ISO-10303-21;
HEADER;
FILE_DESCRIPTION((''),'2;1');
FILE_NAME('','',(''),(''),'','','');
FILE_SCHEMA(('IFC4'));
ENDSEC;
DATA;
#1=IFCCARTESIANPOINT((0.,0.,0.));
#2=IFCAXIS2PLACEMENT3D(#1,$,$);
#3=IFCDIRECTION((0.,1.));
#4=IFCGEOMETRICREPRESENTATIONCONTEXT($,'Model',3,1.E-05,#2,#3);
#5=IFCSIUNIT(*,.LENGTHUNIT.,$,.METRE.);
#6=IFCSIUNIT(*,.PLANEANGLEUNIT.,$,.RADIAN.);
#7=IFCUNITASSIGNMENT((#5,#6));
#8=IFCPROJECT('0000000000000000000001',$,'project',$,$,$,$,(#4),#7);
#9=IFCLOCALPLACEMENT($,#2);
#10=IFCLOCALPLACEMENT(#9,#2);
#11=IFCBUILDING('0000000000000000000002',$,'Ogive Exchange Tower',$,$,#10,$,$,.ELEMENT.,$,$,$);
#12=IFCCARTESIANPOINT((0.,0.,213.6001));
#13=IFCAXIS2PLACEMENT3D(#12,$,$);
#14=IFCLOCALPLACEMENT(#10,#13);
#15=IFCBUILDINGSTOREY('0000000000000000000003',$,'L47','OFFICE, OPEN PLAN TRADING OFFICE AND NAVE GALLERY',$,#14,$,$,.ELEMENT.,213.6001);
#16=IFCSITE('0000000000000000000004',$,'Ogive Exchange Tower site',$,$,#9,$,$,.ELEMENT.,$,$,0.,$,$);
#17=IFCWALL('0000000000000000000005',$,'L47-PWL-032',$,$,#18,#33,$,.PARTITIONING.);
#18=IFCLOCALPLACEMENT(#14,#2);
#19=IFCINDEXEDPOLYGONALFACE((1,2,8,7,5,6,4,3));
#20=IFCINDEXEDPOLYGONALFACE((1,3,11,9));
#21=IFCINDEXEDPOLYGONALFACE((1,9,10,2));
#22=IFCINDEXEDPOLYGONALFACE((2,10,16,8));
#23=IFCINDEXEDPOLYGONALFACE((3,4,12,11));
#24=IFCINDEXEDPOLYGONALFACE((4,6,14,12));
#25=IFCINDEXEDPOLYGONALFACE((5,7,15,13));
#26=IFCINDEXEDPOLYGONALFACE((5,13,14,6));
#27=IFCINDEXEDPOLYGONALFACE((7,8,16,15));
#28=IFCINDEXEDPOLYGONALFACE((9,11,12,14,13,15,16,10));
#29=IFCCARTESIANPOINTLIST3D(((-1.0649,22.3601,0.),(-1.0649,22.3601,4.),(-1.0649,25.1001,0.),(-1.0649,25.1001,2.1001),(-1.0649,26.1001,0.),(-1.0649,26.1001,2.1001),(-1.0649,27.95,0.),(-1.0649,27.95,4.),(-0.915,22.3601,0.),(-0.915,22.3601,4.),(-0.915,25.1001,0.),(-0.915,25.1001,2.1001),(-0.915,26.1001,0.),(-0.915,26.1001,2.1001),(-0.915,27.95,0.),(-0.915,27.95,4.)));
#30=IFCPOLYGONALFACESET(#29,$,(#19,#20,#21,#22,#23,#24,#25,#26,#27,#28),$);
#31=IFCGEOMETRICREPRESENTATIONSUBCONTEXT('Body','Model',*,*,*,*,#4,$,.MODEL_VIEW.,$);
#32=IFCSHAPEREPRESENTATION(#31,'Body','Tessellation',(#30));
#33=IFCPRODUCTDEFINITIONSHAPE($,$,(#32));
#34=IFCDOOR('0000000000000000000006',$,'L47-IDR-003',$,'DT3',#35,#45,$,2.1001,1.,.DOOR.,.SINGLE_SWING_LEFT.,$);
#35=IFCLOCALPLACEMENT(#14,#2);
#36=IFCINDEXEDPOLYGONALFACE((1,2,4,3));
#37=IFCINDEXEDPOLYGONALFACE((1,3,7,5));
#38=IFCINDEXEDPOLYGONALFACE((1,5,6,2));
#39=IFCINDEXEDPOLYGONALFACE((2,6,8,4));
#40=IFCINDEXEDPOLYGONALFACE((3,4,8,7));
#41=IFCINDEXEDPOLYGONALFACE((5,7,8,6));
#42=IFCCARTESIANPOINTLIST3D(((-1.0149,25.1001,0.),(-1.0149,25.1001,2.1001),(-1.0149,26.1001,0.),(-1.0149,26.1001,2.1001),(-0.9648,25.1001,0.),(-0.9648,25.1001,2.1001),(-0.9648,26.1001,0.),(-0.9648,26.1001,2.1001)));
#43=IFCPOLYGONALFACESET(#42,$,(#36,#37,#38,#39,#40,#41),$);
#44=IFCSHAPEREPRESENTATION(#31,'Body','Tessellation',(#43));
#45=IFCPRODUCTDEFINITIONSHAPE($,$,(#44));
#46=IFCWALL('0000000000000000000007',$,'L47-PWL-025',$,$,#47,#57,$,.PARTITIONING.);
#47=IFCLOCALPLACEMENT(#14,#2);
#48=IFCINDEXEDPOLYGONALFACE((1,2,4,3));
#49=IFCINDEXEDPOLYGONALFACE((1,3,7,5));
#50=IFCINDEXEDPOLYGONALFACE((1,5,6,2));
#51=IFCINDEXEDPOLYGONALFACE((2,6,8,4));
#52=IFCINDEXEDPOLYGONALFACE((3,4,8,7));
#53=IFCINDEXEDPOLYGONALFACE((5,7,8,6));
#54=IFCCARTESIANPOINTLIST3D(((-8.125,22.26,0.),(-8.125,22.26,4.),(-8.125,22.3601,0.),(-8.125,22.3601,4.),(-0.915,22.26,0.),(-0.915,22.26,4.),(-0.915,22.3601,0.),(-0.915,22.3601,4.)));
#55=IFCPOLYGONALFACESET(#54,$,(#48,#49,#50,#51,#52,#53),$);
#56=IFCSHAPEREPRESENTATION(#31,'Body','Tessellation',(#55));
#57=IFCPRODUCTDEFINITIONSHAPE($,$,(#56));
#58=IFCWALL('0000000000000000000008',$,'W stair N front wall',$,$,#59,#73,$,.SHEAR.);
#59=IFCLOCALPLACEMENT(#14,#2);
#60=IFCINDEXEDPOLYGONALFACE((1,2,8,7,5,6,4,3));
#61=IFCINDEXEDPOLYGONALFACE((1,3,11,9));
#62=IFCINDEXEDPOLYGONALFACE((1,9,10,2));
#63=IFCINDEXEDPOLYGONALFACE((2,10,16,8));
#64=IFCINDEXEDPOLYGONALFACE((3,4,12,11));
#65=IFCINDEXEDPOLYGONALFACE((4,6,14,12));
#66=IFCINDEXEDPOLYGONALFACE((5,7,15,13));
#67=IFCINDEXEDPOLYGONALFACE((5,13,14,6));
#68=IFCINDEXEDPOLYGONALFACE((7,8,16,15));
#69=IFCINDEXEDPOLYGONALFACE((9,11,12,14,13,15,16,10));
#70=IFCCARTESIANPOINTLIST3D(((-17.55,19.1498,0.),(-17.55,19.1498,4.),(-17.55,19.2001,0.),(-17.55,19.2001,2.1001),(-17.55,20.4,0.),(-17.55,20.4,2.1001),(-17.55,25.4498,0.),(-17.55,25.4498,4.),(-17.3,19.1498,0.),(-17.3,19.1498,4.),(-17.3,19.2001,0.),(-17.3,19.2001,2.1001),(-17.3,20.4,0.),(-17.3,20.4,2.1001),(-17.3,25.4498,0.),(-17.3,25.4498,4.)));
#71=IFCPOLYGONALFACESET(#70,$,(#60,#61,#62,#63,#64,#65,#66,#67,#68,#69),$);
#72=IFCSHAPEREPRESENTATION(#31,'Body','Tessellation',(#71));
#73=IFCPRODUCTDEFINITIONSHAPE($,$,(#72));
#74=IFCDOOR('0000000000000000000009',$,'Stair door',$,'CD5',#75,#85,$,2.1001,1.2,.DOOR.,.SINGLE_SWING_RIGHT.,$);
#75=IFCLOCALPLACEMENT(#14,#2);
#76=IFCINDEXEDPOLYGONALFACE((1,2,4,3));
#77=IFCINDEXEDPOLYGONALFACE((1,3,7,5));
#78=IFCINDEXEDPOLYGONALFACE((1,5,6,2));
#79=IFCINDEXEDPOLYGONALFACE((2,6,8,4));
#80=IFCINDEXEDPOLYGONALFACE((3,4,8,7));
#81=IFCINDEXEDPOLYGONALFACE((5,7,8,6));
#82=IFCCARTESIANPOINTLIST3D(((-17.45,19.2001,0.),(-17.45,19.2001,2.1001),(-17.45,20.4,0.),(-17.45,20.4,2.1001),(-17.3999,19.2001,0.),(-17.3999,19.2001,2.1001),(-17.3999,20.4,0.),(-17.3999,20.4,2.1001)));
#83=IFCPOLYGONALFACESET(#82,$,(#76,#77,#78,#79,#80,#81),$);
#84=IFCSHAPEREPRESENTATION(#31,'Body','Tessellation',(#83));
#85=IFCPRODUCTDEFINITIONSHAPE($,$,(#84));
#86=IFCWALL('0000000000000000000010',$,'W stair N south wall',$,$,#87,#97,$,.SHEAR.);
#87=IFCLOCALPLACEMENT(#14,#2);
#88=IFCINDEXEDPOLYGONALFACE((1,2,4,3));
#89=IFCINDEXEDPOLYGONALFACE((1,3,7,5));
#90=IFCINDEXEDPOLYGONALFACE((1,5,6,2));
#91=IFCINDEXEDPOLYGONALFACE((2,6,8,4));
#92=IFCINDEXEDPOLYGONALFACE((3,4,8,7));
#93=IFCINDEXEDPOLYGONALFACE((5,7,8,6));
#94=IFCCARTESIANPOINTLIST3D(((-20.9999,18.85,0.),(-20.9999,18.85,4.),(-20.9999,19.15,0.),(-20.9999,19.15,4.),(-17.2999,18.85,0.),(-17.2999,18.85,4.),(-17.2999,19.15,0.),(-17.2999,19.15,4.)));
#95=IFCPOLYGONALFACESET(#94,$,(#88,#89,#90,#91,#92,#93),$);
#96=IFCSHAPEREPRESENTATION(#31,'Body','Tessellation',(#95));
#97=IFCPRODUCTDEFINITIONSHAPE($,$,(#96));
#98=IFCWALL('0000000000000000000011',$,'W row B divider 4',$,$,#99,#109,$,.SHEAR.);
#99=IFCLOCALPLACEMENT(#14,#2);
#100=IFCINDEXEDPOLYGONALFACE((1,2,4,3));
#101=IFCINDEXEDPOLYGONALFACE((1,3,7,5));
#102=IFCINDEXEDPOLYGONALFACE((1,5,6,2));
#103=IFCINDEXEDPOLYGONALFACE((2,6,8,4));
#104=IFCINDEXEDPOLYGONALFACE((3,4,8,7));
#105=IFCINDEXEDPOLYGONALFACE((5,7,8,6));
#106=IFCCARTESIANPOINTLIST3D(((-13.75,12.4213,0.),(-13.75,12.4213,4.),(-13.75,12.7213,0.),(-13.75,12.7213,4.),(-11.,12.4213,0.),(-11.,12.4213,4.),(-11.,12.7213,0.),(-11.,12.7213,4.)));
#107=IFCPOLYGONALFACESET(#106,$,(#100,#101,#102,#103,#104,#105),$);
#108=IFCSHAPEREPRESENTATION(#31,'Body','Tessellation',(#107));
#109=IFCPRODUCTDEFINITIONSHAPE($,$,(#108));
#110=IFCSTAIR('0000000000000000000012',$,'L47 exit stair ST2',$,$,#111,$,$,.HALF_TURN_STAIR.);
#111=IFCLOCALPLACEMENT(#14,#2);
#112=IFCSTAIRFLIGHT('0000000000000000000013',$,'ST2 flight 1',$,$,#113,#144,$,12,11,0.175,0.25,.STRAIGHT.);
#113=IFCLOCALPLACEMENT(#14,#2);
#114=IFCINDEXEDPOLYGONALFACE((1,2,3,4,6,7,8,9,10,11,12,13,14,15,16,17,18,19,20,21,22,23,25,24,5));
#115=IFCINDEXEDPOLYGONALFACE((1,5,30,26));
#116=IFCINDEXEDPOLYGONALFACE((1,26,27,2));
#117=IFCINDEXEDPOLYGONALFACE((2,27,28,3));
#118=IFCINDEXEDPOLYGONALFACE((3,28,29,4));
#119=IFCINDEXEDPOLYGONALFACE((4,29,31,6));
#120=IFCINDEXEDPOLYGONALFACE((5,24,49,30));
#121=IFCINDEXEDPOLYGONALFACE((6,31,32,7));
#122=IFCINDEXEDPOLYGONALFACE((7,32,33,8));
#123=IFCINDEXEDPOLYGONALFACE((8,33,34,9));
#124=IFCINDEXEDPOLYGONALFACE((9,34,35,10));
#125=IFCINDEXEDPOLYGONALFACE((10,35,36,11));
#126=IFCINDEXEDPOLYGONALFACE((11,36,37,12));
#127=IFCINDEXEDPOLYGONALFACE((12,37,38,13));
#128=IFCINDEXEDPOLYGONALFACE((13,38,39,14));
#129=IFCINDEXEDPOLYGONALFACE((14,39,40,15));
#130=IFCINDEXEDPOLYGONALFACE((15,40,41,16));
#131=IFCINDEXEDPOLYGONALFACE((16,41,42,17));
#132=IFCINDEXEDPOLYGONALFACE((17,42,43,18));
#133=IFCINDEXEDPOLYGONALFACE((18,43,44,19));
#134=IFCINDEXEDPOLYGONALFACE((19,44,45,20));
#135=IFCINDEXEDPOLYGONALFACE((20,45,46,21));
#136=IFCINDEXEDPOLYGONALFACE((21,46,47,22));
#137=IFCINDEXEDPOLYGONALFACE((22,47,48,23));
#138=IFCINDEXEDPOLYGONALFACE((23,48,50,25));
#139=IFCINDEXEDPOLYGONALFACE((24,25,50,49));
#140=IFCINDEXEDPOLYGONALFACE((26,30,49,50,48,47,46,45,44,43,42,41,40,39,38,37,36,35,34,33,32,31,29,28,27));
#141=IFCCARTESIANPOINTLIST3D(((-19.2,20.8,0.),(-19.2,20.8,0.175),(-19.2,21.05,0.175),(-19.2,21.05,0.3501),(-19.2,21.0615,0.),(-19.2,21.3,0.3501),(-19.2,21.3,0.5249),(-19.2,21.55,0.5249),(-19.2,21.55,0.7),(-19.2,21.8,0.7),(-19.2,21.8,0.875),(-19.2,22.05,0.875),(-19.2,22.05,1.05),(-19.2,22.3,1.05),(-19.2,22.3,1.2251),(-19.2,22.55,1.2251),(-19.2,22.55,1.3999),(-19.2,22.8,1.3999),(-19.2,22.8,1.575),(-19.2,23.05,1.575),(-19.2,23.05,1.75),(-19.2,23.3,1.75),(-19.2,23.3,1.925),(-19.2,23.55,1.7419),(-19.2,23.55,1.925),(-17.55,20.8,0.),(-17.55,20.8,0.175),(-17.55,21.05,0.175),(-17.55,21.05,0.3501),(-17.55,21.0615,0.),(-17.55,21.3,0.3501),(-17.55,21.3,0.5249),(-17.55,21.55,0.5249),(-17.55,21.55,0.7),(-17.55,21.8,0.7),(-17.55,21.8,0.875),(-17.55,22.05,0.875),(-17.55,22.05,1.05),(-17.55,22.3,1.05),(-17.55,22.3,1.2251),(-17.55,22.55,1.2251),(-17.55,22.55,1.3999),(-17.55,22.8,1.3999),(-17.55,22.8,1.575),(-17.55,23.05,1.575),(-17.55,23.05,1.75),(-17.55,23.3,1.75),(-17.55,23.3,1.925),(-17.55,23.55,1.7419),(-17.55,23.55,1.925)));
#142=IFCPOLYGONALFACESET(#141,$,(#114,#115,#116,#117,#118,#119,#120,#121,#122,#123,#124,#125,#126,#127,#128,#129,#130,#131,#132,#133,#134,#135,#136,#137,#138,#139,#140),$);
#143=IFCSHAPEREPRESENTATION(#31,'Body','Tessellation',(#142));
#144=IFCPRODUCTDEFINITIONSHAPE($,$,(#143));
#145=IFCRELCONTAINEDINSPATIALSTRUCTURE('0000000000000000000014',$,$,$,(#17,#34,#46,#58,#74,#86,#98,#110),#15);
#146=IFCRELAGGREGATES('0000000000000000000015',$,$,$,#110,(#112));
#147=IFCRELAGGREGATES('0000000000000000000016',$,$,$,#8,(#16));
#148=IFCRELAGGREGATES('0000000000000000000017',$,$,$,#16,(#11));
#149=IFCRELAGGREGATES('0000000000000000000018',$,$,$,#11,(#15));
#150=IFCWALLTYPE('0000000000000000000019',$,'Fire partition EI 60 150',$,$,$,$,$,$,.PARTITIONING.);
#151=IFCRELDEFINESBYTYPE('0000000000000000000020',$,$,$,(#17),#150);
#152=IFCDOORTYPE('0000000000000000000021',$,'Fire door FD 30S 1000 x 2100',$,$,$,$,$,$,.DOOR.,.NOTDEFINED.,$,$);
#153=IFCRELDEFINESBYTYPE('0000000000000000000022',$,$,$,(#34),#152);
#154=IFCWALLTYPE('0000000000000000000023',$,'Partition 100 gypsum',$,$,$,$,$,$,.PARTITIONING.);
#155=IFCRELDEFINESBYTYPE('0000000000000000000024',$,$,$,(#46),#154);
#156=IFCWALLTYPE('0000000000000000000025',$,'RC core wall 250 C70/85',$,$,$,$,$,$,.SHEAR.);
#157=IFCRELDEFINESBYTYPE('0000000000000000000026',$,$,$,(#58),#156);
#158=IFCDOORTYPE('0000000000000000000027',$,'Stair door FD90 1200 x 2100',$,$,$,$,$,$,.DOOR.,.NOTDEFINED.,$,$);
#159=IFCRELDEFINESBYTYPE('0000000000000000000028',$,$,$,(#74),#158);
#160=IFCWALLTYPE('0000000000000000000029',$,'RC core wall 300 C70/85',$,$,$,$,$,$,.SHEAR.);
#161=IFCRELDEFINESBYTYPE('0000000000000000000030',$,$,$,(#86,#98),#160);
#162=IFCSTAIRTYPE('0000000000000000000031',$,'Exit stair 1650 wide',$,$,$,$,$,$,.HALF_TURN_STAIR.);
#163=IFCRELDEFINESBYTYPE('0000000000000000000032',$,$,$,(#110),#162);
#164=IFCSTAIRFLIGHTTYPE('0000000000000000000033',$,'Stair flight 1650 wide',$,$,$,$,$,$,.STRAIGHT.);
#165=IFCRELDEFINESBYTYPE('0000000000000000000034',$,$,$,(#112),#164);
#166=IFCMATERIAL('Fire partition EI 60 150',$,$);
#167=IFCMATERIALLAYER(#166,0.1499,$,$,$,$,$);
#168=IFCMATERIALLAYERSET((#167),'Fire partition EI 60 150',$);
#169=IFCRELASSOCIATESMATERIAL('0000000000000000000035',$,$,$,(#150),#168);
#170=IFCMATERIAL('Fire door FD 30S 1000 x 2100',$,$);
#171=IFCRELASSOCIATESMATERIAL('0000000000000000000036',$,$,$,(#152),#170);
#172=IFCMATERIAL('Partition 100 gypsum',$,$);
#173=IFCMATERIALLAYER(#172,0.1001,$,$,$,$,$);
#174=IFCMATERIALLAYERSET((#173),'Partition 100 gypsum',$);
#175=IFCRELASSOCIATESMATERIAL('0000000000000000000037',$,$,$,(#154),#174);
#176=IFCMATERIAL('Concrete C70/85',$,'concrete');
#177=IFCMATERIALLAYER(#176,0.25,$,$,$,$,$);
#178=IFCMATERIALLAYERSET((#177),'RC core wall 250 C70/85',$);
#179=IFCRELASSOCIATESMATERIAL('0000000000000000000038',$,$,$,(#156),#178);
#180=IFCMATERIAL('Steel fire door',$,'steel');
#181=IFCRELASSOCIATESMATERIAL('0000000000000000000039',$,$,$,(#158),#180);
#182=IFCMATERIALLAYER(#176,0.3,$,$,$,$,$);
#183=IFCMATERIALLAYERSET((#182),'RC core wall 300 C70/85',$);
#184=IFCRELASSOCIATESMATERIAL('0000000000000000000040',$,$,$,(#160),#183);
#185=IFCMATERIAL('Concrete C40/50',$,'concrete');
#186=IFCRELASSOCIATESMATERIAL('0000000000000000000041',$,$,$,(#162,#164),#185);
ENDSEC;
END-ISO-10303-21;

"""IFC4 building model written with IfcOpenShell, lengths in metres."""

from ifc_helpers import new_model, si_unit, direction, frame, frame_2d, origin, place, context, subcontext, project, spatial, polyline, rectangle, outline, extrude, material, layer, layer_set, type_object, element, fill, aggregate, save


model = new_model("IFC4")

# Units and contexts
model_context = context("Model", 3, precision=1e-05, world=origin(), true_north=direction((0.0, 1.0)))
body_context = subcontext(model_context, "Body", "Model", "MODEL_VIEW")
ifc_project = project(units=[si_unit("LENGTHUNIT", "METRE"), si_unit("PLANEANGLEUNIT", "RADIAN")], contexts=[model_context])

# Site, building, storey
site_placement = place(None, origin())
site = spatial("IfcSite", under=ifc_project, at=site_placement, Name="Ogive Exchange Tower site", CompositionType="ELEMENT", RefElevation=0.0)
building_placement = place(site_placement, origin())
building = spatial("IfcBuilding", under=site, at=building_placement, Name="Ogive Exchange Tower", CompositionType="ELEMENT")
storey_placement = place(building_placement, frame((0.0, 0.0, 213.6001)))
storey = spatial("IfcBuildingStorey", under=building, at=storey_placement, Name="L47", Description="OFFICE, OPEN PLAN TRADING OFFICE AND NAVE GALLERY", CompositionType="ELEMENT", Elevation=213.6001)

# Shared definitions
ifc_material_1 = material(Name="Fire partition EI 60 150")
ifc_layer_1 = layer(ifc_material_1, 0.1499)
ifc_layer_set_1 = layer_set([ifc_layer_1], Name="Fire partition EI 60 150")
wall_type_1 = type_object("IfcWallType", Name="Fire partition EI 60 150", PredefinedType="PARTITIONING", material=ifc_layer_set_1)
ifc_material_2 = material(Name="Fire door FD 30S 1000 x 2100")
door_type_1 = type_object("IfcDoorType", Name="Fire door FD 30S 1000 x 2100", OperationType="NOTDEFINED", PredefinedType="DOOR", material=ifc_material_2)

# Wall, opening, door
wall_1_placement = place(storey_placement, frame((-0.99, 22.3601, 0.0), z_axis=(0.0, 0.0, 1.0), x_axis=(0.0, 1.0, 0.0)))
wall_1 = element("IfcWall", 1, at=wall_1_placement, inside=storey, type_object=wall_type_1, Name="L47-PWL-032", PredefinedType="PARTITIONING", context=body_context, shape_type="SweptSolid", body=[
    extrude(rectangle(XDim=5.5898, YDim=0.1499, at=frame_2d((2.7949, 0.0))), origin(), (0.0, 0.0, 1.0), 4.0),
])
opening_1_placement = place(wall_1_placement, frame((2.74, 0.0, 0.0)))
opening_1 = element("IfcOpeningElement", 2, at=opening_1_placement, cuts=wall_1, PredefinedType="OPENING", context=body_context, shape_type="SweptSolid", body=[
    extrude(rectangle(XDim=1.0, YDim=2.1001, at=frame_2d((0.5, 1.05))), frame((0.0, 0.085, 0.0), z_axis=(0.0, -1.0, 0.0), x_axis=(1.0, 0.0, 0.0)), (0.0, 0.0, 1.0), 0.1699),
])
door_1_placement = place(opening_1_placement, origin())
door_1 = element("IfcDoor", 3, at=door_1_placement, inside=storey, type_object=door_type_1, Name="L47-IDR-003", ObjectType="DT3", OperationType="SINGLE_SWING_LEFT", OverallHeight=2.1001, OverallWidth=1.0, PredefinedType="DOOR", context=body_context, shape_type="SweptSolid", body=[
    extrude(rectangle(XDim=1.0, YDim=2.1001, at=frame_2d((0.5, 1.05))), frame((0.0, 0.0249, 0.0), z_axis=(0.0, -1.0, 0.0), x_axis=(1.0, 0.0, 0.0)), (0.0, 0.0, 1.0), 0.05),
])
fill(opening_1, door_1)

# Wall
ifc_material_3 = material(Name="Partition 100 gypsum")
ifc_layer_2 = layer(ifc_material_3, 0.1001)
ifc_layer_set_2 = layer_set([ifc_layer_2], Name="Partition 100 gypsum")
wall_type_2 = type_object("IfcWallType", Name="Partition 100 gypsum", PredefinedType="PARTITIONING", material=ifc_layer_set_2)
wall_2_placement = place(storey_placement, frame((-8.125, 22.3101, 0.0), z_axis=(0.0, 0.0, 1.0), x_axis=(1.0, 0.0, 0.0)))
element("IfcWall", 4, at=wall_2_placement, inside=storey, type_object=wall_type_2, Name="L47-PWL-025", PredefinedType="PARTITIONING", context=body_context, shape_type="SweptSolid", body=[
    extrude(rectangle(XDim=7.21, YDim=0.1001, at=frame_2d((3.605, 0.0))), origin(), (0.0, 0.0, 1.0), 4.0),
])

# Wall, opening, door
ifc_material_4 = material(Name="Concrete C70/85", Category="concrete")
ifc_layer_3 = layer(ifc_material_4, 0.25)
ifc_layer_set_3 = layer_set([ifc_layer_3], Name="RC core wall 250 C70/85")
wall_type_3 = type_object("IfcWallType", Name="RC core wall 250 C70/85", PredefinedType="SHEAR", material=ifc_layer_set_3)
wall_3_placement = place(storey_placement, frame((-17.425, 19.1499, 0.0), z_axis=(0.0, 0.0, 1.0), x_axis=(0.0, 1.0, 0.0)))
wall_3 = element("IfcWall", 5, at=wall_3_placement, inside=storey, type_object=wall_type_3, Name="W stair N front wall", PredefinedType="SHEAR", context=body_context, shape_type="SweptSolid", body=[
    extrude(rectangle(XDim=6.3, YDim=0.25, at=frame_2d((3.1499, 0.0))), origin(), (0.0, 0.0, 1.0), 4.0),
])
opening_2_placement = place(wall_3_placement, frame((0.05, 0.0, 0.0)))
opening_2 = element("IfcOpeningElement", 6, at=opening_2_placement, cuts=wall_3, PredefinedType="OPENING", context=body_context, shape_type="SweptSolid", body=[
    extrude(rectangle(XDim=1.2, YDim=2.1001, at=frame_2d((0.6001, 1.05))), frame((0.0, 0.135, 0.0), z_axis=(0.0, -1.0, 0.0), x_axis=(1.0, 0.0, 0.0)), (0.0, 0.0, 1.0), 0.27),
])
ifc_material_5 = material(Name="Steel fire door", Category="steel")
door_type_2 = type_object("IfcDoorType", Name="Stair door FD90 1200 x 2100", OperationType="NOTDEFINED", PredefinedType="DOOR", material=ifc_material_5)
door_2_placement = place(opening_2_placement, origin())
door_2 = element("IfcDoor", 7, at=door_2_placement, inside=storey, type_object=door_type_2, Name="Stair door", ObjectType="CD5", OperationType="SINGLE_SWING_RIGHT", OverallHeight=2.1001, OverallWidth=1.2, PredefinedType="DOOR", context=body_context, shape_type="SweptSolid", body=[
    extrude(rectangle(XDim=1.2, YDim=2.1001, at=frame_2d((0.6001, 1.05))), frame((0.0, 0.0249, 0.0), z_axis=(0.0, -1.0, 0.0), x_axis=(1.0, 0.0, 0.0)), (0.0, 0.0, 1.0), 0.05),
])
fill(opening_2, door_2)

# Walls
ifc_layer_4 = layer(ifc_material_4, 0.3)
ifc_layer_set_4 = layer_set([ifc_layer_4], Name="RC core wall 300 C70/85")
wall_type_4 = type_object("IfcWallType", Name="RC core wall 300 C70/85", PredefinedType="SHEAR", material=ifc_layer_set_4)
wall_4_placement = place(storey_placement, frame((-21.0, 19.0, 0.0), z_axis=(0.0, 0.0, 1.0), x_axis=(1.0, 0.0, 0.0)))
element("IfcWall", 8, at=wall_4_placement, inside=storey, type_object=wall_type_4, Name="W stair N south wall", PredefinedType="SHEAR", context=body_context, shape_type="SweptSolid", body=[
    extrude(rectangle(XDim=3.7, YDim=0.3, at=frame_2d((1.8501, 0.0))), origin(), (0.0, 0.0, 1.0), 4.0),
])
wall_5_placement = place(storey_placement, frame((-13.75, 12.5713, 0.0), z_axis=(0.0, 0.0, 1.0), x_axis=(1.0, 0.0, 0.0)))
element("IfcWall", 9, at=wall_5_placement, inside=storey, type_object=wall_type_4, Name="W row B divider 4", PredefinedType="SHEAR", context=body_context, shape_type="SweptSolid", body=[
    extrude(rectangle(XDim=2.75, YDim=0.3, at=frame_2d((1.375, 0.0))), origin(), (0.0, 0.0, 1.0), 4.0),
])

# Stair, stair flight
ifc_material_6 = material(Name="Concrete C40/50", Category="concrete")
stair_type = type_object("IfcStairType", Name="Exit stair 1650 wide", PredefinedType="HALF_TURN_STAIR", material=ifc_material_6)
stair_placement = place(storey_placement, origin())
stair = element("IfcStair", 10, at=stair_placement, inside=storey, type_object=stair_type, Name="L47 exit stair ST2", PredefinedType="HALF_TURN_STAIR")
stair_flight_type = type_object("IfcStairFlightType", Name="Stair flight 1650 wide", PredefinedType="STRAIGHT", material=ifc_material_6)
stair_flight_1_placement = place(storey_placement, frame((-18.375, 20.8, 0.0), z_axis=(0.0, 0.0, 1.0), x_axis=(0.0, 1.0, 0.0)))
stair_flight_1 = element("IfcStairFlight", 11, at=stair_flight_1_placement, type_object=stair_flight_type, Name="ST2 flight 1", NumberOfRisers=12, NumberOfTreads=11, PredefinedType="STRAIGHT", RiserHeight=0.175, TreadLength=0.25, context=body_context, shape_type="SweptSolid", body=[
    extrude(outline(polyline([(0.0, 0.0), (0.0, 0.175), (0.25, 0.175), (0.25, 0.3501), (0.5, 0.3501), (0.5, 0.5249), (0.75, 0.5249), (0.75, 0.7), (1.0, 0.7), (1.0, 0.875), (1.25, 0.875), (1.25, 1.05), (1.5, 1.05), (1.5, 1.2251), (1.75, 1.2251), (1.75, 1.3999), (2.0, 1.3999), (2.0, 1.575), (2.25, 1.575), (2.25, 1.75), (2.5, 1.75), (2.5, 1.925), (2.75, 1.925), (2.75, 2.1001), (2.75, 1.7419), (0.2615, 0.0), (0.0, 0.0)])), frame((0.0, 0.825, 0.0), z_axis=(0.0, -1.0, 0.0), x_axis=(1.0, 0.0, 0.0)), (0.0, 0.0, 1.0), 1.6499),
])
aggregate(stair, [stair_flight_1])

save(model, "model.ifc")
